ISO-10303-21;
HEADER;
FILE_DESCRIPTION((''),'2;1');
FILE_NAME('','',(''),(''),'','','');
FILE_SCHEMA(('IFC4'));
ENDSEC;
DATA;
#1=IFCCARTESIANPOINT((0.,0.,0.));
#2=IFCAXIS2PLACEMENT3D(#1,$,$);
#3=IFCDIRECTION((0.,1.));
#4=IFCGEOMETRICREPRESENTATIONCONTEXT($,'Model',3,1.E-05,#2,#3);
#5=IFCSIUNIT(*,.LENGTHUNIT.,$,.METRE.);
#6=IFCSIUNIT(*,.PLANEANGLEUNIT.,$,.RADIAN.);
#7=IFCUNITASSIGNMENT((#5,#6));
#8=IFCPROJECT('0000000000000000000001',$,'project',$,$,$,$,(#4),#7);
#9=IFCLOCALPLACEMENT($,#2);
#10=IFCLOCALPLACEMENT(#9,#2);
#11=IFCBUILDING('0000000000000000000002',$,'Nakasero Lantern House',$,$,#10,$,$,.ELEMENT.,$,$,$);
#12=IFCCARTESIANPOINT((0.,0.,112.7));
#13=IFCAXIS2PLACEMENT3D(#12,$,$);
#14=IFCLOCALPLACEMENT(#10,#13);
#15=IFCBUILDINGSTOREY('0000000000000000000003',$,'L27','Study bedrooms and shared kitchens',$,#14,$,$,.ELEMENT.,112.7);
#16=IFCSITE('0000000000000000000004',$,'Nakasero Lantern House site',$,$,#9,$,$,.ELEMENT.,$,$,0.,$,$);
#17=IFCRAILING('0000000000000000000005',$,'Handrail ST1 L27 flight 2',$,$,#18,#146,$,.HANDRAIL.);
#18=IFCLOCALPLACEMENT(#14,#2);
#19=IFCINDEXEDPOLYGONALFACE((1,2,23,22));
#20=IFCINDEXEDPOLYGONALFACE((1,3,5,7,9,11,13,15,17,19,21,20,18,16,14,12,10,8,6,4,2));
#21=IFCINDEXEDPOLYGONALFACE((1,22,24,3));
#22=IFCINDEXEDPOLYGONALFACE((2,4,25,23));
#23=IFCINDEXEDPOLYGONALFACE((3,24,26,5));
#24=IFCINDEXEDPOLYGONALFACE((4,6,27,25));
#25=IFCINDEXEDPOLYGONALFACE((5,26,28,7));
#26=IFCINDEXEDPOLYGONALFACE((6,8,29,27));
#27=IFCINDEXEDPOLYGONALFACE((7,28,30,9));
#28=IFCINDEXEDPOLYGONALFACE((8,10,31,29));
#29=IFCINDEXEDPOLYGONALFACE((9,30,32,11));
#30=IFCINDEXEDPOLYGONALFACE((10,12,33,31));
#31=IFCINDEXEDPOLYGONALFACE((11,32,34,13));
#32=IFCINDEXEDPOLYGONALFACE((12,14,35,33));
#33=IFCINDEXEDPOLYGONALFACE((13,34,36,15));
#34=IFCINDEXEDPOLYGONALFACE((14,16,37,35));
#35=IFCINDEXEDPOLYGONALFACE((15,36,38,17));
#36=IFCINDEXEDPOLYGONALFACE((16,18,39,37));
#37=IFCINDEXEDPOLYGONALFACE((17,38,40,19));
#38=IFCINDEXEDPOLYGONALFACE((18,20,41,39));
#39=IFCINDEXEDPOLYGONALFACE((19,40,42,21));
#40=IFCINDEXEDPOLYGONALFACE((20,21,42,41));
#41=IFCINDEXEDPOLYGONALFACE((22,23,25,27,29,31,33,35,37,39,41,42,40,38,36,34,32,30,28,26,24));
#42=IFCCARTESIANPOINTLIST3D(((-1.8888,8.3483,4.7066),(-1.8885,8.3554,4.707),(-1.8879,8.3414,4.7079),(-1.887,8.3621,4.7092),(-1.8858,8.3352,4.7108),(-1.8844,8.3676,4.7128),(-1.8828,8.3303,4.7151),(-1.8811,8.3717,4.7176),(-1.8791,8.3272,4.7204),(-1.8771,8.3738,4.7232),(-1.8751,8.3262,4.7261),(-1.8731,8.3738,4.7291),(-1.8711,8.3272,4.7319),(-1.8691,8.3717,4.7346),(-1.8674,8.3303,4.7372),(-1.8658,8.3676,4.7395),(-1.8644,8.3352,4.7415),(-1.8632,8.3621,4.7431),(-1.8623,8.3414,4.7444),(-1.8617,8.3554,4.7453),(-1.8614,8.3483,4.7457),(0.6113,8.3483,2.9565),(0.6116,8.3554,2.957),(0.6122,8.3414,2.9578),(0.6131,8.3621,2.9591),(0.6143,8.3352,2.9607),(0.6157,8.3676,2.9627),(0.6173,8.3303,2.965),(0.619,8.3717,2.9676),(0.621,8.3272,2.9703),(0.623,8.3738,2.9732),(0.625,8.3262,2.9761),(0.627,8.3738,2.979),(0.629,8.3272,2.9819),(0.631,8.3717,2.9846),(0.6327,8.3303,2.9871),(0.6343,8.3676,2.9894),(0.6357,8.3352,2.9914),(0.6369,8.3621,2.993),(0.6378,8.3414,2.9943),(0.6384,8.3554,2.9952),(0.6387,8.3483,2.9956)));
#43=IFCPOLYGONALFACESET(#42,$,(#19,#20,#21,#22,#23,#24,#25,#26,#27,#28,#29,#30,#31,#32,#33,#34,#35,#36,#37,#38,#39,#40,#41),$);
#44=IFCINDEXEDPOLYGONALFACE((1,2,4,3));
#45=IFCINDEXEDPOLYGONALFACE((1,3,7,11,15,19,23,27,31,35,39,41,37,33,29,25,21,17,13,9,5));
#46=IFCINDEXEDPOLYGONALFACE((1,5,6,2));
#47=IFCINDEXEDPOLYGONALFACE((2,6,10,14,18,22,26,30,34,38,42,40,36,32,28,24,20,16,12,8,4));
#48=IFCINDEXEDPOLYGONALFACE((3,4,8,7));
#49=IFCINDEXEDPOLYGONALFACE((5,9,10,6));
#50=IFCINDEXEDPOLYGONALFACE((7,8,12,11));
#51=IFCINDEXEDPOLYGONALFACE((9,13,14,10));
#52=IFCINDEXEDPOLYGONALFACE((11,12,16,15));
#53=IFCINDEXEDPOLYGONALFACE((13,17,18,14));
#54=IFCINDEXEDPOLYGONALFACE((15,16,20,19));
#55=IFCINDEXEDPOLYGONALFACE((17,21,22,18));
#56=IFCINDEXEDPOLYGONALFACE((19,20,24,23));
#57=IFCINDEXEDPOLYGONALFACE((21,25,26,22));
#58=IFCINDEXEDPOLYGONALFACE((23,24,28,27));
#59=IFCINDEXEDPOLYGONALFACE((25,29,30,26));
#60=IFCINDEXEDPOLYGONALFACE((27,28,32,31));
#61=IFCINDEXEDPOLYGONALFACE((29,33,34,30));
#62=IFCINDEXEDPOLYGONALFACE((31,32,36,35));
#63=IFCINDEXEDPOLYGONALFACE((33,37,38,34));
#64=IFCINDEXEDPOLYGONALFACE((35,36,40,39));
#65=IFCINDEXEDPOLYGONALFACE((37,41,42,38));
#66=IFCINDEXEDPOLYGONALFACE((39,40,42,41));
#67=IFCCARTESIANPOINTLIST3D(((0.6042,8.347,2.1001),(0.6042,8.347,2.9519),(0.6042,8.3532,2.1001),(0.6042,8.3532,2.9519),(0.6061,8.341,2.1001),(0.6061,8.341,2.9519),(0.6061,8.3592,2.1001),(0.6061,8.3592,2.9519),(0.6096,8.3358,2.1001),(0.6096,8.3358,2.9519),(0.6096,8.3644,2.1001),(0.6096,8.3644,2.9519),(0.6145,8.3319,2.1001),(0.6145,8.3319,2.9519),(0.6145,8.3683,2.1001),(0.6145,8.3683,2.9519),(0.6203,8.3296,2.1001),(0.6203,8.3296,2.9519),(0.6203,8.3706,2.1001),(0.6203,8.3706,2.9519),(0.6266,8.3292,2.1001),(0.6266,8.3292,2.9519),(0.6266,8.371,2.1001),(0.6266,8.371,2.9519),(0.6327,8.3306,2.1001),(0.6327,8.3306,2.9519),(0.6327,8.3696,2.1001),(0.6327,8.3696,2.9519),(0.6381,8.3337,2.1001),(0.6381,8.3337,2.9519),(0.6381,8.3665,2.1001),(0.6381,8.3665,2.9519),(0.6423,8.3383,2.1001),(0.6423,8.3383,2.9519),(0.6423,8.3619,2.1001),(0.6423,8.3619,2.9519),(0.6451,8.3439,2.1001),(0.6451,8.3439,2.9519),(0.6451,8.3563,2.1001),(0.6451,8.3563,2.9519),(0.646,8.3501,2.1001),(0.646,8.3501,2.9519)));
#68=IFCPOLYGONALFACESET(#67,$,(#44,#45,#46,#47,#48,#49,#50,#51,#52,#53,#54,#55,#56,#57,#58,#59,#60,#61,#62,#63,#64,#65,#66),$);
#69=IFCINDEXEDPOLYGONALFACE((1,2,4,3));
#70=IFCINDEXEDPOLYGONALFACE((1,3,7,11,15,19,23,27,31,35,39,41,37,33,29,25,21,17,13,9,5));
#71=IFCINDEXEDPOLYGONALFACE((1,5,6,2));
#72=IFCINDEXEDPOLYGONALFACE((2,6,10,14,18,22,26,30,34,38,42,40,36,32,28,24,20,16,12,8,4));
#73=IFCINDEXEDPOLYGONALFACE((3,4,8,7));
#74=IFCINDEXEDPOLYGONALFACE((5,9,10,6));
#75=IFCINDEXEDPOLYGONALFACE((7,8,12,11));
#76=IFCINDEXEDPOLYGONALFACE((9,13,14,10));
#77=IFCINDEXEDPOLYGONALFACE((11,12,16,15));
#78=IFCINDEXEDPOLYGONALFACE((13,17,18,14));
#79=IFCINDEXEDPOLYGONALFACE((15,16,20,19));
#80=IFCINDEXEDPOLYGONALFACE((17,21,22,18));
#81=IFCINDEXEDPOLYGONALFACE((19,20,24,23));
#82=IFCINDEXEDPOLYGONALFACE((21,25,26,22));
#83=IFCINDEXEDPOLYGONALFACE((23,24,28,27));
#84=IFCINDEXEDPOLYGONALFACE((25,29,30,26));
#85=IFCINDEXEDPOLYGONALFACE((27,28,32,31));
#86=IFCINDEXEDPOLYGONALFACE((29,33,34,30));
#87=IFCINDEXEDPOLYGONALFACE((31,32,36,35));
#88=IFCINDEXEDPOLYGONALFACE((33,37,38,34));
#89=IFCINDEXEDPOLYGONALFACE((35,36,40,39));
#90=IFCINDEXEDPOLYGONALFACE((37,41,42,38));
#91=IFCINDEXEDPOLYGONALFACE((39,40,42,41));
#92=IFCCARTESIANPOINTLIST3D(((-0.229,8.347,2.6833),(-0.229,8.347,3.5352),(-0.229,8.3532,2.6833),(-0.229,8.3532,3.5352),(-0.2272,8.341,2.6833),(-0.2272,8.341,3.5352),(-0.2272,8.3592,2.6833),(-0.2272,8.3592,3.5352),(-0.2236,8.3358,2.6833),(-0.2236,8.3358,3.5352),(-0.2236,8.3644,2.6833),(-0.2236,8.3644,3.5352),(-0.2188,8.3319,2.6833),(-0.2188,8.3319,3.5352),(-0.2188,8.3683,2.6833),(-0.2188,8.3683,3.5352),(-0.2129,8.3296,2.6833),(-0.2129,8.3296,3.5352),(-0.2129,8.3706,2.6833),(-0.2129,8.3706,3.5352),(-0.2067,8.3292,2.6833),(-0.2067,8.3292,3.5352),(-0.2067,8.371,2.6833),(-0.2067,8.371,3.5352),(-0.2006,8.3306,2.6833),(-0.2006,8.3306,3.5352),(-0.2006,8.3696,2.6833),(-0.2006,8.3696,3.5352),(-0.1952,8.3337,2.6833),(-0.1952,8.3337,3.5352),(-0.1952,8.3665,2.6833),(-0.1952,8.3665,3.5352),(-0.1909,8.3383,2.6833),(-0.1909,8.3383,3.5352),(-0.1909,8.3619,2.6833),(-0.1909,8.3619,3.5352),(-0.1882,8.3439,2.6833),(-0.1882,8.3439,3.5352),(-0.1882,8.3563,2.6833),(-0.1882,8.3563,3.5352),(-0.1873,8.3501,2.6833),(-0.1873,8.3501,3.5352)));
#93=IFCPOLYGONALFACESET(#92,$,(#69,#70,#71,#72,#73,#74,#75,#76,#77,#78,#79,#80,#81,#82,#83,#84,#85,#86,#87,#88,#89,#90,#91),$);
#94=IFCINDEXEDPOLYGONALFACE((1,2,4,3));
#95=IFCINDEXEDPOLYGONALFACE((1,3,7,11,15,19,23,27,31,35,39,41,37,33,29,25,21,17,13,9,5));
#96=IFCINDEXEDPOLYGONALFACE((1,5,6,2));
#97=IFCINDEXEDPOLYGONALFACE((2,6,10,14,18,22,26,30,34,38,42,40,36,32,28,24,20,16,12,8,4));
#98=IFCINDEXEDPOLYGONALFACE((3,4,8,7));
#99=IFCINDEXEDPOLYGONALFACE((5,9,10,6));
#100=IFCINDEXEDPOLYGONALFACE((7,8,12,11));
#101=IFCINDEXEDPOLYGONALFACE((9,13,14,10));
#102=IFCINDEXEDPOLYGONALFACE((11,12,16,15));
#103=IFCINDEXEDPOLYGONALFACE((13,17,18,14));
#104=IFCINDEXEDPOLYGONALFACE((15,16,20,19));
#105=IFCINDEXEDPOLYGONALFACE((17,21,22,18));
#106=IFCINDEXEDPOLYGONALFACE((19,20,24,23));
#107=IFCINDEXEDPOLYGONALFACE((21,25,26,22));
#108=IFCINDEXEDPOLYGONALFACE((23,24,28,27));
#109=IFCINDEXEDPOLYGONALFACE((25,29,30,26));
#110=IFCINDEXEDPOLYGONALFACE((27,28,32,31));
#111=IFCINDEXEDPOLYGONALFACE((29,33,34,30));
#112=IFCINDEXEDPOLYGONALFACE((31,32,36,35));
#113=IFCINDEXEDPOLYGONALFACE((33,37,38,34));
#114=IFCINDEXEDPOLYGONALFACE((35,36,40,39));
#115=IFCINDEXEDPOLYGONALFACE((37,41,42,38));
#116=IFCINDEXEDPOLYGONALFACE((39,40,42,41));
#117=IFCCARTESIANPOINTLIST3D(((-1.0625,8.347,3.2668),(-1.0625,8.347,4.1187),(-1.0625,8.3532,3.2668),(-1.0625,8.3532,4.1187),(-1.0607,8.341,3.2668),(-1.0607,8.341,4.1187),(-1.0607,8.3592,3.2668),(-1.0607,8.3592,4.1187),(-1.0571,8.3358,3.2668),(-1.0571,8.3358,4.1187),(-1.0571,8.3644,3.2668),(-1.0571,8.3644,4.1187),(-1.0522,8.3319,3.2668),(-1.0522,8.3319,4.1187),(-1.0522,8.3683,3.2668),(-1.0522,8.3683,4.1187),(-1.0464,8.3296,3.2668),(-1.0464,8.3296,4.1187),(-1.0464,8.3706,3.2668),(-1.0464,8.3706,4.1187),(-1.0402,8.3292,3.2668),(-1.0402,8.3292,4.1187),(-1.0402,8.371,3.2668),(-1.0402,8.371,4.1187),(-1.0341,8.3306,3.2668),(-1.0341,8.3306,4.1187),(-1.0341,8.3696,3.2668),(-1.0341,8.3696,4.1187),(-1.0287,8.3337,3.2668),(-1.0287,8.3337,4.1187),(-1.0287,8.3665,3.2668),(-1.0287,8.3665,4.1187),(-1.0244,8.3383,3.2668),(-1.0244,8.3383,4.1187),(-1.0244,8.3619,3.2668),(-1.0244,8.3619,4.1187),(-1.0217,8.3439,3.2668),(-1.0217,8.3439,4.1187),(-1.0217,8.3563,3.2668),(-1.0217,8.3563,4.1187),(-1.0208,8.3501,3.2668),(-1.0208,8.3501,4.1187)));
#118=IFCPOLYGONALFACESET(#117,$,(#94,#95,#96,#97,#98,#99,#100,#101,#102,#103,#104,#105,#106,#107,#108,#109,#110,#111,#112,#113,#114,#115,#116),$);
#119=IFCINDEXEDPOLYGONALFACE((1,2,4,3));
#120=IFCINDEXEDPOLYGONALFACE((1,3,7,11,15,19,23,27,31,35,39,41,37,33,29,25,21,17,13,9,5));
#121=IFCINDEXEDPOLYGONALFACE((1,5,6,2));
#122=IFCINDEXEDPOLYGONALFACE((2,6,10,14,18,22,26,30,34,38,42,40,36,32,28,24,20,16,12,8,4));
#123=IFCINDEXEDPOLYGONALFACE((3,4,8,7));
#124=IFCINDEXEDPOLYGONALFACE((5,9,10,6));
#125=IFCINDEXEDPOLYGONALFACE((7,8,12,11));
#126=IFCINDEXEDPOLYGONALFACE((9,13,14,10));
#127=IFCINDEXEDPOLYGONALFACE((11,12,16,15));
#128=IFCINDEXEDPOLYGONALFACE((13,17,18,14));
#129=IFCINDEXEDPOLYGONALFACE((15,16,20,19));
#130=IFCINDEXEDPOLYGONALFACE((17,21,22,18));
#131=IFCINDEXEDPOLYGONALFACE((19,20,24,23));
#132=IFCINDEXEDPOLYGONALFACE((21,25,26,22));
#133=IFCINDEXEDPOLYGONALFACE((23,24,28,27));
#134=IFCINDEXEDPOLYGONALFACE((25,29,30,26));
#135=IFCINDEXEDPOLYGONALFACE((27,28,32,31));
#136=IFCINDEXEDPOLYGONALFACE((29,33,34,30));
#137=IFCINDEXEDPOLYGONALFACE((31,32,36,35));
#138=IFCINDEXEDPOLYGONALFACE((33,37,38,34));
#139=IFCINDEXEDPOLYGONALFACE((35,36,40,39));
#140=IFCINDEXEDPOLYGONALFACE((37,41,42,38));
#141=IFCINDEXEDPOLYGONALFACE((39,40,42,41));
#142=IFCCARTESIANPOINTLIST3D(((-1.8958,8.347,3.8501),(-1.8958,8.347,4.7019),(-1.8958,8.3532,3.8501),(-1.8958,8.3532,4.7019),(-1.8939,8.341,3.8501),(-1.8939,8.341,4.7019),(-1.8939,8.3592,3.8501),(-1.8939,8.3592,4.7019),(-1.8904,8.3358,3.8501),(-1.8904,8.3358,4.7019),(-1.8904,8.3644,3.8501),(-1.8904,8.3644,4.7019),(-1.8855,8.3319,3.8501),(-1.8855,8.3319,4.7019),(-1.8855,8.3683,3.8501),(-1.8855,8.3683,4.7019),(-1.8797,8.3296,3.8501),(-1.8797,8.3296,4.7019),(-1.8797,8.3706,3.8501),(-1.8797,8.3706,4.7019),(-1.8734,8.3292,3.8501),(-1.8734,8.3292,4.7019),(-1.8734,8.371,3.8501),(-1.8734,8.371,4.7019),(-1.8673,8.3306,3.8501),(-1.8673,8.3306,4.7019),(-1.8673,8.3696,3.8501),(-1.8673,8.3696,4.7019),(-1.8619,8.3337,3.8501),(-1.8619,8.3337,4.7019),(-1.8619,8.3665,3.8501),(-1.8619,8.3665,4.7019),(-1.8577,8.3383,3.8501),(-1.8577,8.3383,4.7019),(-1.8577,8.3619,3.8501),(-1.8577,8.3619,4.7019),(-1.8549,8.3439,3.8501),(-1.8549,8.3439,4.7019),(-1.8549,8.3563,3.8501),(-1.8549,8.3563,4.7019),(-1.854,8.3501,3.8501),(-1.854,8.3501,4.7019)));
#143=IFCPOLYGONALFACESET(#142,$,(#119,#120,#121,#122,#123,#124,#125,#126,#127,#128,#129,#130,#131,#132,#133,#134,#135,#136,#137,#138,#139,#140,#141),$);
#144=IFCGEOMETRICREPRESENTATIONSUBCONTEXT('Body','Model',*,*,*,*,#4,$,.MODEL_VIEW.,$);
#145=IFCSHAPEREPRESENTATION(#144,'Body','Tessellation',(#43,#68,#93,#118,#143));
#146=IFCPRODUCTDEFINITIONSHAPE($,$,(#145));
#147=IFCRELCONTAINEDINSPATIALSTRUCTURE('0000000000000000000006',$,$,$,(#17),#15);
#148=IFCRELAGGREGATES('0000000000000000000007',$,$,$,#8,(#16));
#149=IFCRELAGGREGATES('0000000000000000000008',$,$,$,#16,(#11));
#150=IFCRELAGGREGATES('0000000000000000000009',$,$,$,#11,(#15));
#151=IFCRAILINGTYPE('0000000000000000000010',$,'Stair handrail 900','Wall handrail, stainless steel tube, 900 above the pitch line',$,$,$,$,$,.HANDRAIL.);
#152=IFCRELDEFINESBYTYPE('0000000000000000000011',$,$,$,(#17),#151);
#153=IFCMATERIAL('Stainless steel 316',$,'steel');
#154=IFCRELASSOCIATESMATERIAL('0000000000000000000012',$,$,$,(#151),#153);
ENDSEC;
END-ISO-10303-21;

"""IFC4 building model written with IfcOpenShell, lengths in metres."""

from ifc_helpers import new_model, si_unit, direction, frame, origin, origin_2d, place, context, subcontext, project, spatial, circle, extrude, material, type_object, element, save


model = new_model("IFC4")

# Units and contexts
model_context = context("Model", 3, precision=1e-05, world=origin(), true_north=direction((0.0, 1.0)))
body_context = subcontext(model_context, "Body", "Model", "MODEL_VIEW")
ifc_project = project(units=[si_unit("LENGTHUNIT", "METRE"), si_unit("PLANEANGLEUNIT", "RADIAN")], contexts=[model_context])

# Site, building, storey
site_placement = place(None, origin())
site = spatial("IfcSite", under=ifc_project, at=site_placement, Name="Nakasero Lantern House site", CompositionType="ELEMENT", RefElevation=0.0)
building_placement = place(site_placement, origin())
building = spatial("IfcBuilding", under=site, at=building_placement, Name="Nakasero Lantern House", CompositionType="ELEMENT")
storey_placement = place(building_placement, frame((0.0, 0.0, 112.7)))
storey = spatial("IfcBuildingStorey", under=building, at=storey_placement, Name="L27", Description="Study bedrooms and shared kitchens", CompositionType="ELEMENT", Elevation=112.7)

# Railing
ifc_material_1 = material(Name="Stainless steel 316", Category="steel")
railing_type = type_object("IfcRailingType", Name="Stair handrail 900", Description="Wall handrail, stainless steel tube, 900 above the pitch line", PredefinedType="HANDRAIL", material=ifc_material_1)
railing_placement = place(storey_placement, frame((0.625, 8.3501, 2.1001)))
element("IfcRailing", 1, at=railing_placement, inside=storey, type_object=railing_type, Name="Handrail ST1 L27 flight 2", PredefinedType="HANDRAIL", context=body_context, shape_type="SweptSolid", body=[
    extrude(circle(Radius=0.0239, at=origin_2d()), frame((0.0, 0.0, 0.876), z_axis=(-0.819232, 0.0, 0.573462), x_axis=(0.0, -1.0, 0.0)), (0.0, 0.0, 1.0), 3.0518),
    extrude(circle(Radius=0.021, at=origin_2d()), origin(), (0.0, 0.0, 1.0), 0.8518),
    extrude(circle(Radius=0.021, at=origin_2d()), frame((-0.8333, 0.0, 0.5833)), (0.0, 0.0, 1.0), 0.8518),
    extrude(circle(Radius=0.021, at=origin_2d()), frame((-1.6667, 0.0, 1.1667)), (0.0, 0.0, 1.0), 0.8518),
    extrude(circle(Radius=0.021, at=origin_2d()), frame((-2.5, 0.0, 1.75)), (0.0, 0.0, 1.0), 0.8518),
])

save(model, "model.ifc")
